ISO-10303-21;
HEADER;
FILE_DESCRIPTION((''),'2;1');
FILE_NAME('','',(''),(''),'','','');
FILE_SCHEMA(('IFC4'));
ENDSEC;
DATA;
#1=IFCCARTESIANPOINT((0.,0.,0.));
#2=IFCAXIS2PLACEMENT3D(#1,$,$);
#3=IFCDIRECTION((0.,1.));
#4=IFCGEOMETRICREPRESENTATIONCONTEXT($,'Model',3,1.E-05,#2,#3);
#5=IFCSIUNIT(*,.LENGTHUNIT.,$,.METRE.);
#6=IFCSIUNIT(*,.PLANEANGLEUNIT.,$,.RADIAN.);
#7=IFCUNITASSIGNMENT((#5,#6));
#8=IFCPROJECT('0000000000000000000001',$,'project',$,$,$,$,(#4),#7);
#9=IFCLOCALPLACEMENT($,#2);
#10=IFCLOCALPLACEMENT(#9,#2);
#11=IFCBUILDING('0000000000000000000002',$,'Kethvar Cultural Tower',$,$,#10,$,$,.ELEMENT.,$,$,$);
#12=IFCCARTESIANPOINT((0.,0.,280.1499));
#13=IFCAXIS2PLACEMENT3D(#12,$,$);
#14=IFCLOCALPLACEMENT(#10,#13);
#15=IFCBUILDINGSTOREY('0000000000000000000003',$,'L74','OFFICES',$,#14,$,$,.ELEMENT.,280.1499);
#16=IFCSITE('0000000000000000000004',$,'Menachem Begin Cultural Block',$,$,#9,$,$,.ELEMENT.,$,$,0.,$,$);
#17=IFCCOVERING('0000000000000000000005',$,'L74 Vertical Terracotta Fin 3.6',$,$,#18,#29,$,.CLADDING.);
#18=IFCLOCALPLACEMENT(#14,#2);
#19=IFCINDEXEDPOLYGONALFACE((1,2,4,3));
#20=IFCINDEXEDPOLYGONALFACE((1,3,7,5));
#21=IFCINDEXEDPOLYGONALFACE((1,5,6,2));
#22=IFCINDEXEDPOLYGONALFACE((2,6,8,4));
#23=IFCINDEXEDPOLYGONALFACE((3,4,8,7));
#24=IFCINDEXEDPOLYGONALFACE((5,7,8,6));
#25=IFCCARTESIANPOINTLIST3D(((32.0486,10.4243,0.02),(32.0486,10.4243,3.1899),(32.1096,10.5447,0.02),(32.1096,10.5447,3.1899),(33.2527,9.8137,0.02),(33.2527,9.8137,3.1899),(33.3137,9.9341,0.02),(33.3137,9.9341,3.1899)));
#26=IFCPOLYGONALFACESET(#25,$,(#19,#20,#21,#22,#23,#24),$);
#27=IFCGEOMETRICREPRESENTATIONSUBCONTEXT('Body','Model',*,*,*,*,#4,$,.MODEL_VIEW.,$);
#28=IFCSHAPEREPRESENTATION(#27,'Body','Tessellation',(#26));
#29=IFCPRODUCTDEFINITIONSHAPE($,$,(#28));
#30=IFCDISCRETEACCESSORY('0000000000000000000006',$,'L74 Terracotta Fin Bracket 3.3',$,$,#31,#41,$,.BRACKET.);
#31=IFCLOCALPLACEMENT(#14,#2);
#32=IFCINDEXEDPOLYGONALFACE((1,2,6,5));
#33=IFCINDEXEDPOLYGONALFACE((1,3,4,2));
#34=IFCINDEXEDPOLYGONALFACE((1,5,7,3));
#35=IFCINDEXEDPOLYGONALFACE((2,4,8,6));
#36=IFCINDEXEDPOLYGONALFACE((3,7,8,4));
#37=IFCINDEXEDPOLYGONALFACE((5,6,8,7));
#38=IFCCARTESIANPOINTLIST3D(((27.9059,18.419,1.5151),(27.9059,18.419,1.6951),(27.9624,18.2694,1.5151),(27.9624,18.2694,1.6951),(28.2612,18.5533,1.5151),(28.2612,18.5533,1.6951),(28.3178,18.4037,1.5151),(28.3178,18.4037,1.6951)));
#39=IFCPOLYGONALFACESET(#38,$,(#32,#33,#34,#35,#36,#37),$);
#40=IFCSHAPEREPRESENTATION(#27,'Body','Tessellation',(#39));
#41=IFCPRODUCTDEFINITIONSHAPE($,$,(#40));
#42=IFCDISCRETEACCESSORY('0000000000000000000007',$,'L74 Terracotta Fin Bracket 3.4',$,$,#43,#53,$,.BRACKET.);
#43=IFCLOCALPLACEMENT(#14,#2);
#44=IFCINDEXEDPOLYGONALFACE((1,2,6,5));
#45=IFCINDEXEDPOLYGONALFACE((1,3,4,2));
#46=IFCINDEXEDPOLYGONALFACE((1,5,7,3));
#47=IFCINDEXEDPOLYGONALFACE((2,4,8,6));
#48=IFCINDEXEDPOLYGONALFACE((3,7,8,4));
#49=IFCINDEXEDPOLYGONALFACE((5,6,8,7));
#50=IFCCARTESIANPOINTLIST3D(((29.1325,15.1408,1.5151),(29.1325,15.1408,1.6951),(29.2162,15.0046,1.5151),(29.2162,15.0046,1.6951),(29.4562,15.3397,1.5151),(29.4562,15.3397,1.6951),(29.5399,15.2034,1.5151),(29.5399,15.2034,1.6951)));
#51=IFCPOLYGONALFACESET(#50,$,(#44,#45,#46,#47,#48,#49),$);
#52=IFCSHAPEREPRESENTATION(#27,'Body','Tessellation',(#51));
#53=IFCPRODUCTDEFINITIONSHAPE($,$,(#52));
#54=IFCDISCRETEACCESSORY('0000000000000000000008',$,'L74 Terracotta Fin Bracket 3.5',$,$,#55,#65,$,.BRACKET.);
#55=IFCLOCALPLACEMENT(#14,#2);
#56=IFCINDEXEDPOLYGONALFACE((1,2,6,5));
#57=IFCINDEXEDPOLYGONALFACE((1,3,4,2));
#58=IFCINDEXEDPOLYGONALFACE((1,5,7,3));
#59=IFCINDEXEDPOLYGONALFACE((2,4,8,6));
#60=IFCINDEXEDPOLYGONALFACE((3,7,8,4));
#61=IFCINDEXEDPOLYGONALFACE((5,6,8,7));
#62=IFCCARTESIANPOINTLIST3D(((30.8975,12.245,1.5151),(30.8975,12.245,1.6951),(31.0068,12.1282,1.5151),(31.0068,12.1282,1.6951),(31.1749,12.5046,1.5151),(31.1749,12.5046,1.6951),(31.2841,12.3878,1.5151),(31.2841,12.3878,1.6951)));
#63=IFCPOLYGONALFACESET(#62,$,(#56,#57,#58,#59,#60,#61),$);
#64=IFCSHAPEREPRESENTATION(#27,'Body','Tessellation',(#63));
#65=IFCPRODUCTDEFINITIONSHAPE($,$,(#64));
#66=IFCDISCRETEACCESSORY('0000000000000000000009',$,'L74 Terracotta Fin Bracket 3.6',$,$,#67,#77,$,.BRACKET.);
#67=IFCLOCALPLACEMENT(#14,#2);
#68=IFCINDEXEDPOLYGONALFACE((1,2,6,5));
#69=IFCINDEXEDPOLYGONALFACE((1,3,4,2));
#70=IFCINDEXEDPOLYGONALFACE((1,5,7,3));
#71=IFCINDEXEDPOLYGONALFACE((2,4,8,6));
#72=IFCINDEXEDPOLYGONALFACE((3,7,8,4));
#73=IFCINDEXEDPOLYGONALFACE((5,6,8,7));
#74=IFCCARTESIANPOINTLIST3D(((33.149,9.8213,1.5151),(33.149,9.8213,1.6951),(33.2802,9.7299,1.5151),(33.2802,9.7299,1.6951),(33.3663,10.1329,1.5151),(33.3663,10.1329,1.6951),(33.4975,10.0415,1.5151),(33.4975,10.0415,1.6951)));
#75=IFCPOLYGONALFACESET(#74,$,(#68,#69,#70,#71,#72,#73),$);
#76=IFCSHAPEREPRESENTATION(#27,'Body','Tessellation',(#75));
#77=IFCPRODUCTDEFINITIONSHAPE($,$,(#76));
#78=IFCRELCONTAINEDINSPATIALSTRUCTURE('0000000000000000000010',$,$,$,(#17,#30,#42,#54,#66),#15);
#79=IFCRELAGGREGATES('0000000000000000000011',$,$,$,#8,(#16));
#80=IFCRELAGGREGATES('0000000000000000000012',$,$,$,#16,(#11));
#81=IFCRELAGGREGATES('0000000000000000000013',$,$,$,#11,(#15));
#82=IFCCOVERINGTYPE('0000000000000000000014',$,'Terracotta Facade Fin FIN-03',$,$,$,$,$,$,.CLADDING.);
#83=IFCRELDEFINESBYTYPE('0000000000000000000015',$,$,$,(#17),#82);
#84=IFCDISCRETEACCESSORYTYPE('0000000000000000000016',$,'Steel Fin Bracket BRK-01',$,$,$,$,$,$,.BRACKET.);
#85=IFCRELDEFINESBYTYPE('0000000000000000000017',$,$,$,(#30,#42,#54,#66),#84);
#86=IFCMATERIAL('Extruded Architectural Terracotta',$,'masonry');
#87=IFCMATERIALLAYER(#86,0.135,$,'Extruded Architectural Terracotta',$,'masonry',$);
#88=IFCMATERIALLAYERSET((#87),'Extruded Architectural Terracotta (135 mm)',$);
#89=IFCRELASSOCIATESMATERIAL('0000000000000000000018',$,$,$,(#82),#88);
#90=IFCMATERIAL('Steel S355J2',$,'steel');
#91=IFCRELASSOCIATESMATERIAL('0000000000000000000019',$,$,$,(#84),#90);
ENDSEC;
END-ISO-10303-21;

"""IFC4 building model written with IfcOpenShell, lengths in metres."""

from ifc_helpers import new_model, si_unit, direction, frame, origin, origin_2d, place, context, subcontext, project, spatial, rectangle, extrude, source, transform, mapped, material, layer, layer_set, type_object, element, save


model = new_model("IFC4")

# Units and contexts
model_context = context("Model", 3, precision=1e-05, world=origin(), true_north=direction((0.0, 1.0)))
body_context = subcontext(model_context, "Body", "Model", "MODEL_VIEW")
ifc_project = project(units=[si_unit("LENGTHUNIT", "METRE"), si_unit("PLANEANGLEUNIT", "RADIAN")], contexts=[model_context])

# Site, building, storey
site_placement = place(None, origin())
site = spatial("IfcSite", under=ifc_project, at=site_placement, Name="Menachem Begin Cultural Block", CompositionType="ELEMENT", RefElevation=0.0)
building_placement = place(site_placement, origin())
building = spatial("IfcBuilding", under=site, at=building_placement, Name="Kethvar Cultural Tower", CompositionType="ELEMENT")
storey_placement = place(building_placement, frame((0.0, 0.0, 280.1499)))
storey = spatial("IfcBuildingStorey", under=building, at=storey_placement, Name="L74", Description="OFFICES", CompositionType="ELEMENT", Elevation=280.1499)

# Shared definitions
ifc_material_1 = material(Name="Steel S355J2", Category="steel")

# Covering
ifc_material_2 = material(Name="Extruded Architectural Terracotta", Category="masonry")
ifc_layer_1 = layer(ifc_material_2, 0.135, Name="Extruded Architectural Terracotta", Category="masonry")
ifc_layer_set_1 = layer_set([ifc_layer_1], Name="Extruded Architectural Terracotta (135 mm)")
covering_type = type_object("IfcCoveringType", Name="Terracotta Facade Fin FIN-03", PredefinedType="CLADDING", material=ifc_layer_set_1)
shared_shape_1 = source(origin(), body_context, "Body", "SweptSolid", [
    extrude(rectangle(XDim=1.3501, YDim=0.135, at=origin_2d()), origin(), (0.0, 0.0, 1.0), 3.1699),
])
for number, where, z_axis, x_axis, name in (
    (1, (32.6812, 10.1792, 0.02), (0.0, 0.0, 1.0), (-0.891876, 0.452279, 0.0), "L74 Vertical Terracotta Fin 3.6"),
):
    element("IfcCovering", number, at=place(storey_placement, frame(where, z_axis=z_axis, x_axis=x_axis)), inside=storey, type_object=covering_type, Name=name, PredefinedType="CLADDING", context=body_context, shape_type="MappedRepresentation", body=[
        mapped(shared_shape_1, transform((0.0, 0.0, 0.0), scale=1.0)),
    ])

# Discrete accessories
discrete_accessory_type = type_object("IfcDiscreteAccessoryType", Name="Steel Fin Bracket BRK-01", PredefinedType="BRACKET", material=ifc_material_1)
shared_shape_2 = source(origin(), body_context, "Body", "SweptSolid", [
    extrude(rectangle(XDim=0.3799, YDim=0.1599, at=origin_2d()), origin(), (0.0, 0.0, 1.0), 0.1799),
])
for number, where, z_axis, x_axis, name in (
    (2, (28.1118, 18.4114, 1.5151), (0.0, 0.0, 1.0), (-0.935444, -0.353475, 0.0), "L74 Terracotta Fin Bracket 3.3"),
    (3, (29.3362, 15.1721, 1.5151), (0.0, 0.0, 1.0), (-0.852001, -0.52354, 0.0), "L74 Terracotta Fin Bracket 3.4"),
    (4, (31.0908, 12.3164, 1.5151), (0.0, 0.0, 1.0), (-0.730162, -0.683274, 0.0), "L74 Terracotta Fin Bracket 3.5"),
    (5, (33.3232, 9.9314, 1.5151), (0.0, 0.0, 1.0), (-0.572003, -0.820252, 0.0), "L74 Terracotta Fin Bracket 3.6"),
):
    element("IfcDiscreteAccessory", number, at=place(storey_placement, frame(where, z_axis=z_axis, x_axis=x_axis)), inside=storey, type_object=discrete_accessory_type, Name=name, PredefinedType="BRACKET", context=body_context, shape_type="MappedRepresentation", body=[
        mapped(shared_shape_2, transform((0.0, 0.0, 0.0), scale=1.0)),
    ])

save(model, "model.ifc")
